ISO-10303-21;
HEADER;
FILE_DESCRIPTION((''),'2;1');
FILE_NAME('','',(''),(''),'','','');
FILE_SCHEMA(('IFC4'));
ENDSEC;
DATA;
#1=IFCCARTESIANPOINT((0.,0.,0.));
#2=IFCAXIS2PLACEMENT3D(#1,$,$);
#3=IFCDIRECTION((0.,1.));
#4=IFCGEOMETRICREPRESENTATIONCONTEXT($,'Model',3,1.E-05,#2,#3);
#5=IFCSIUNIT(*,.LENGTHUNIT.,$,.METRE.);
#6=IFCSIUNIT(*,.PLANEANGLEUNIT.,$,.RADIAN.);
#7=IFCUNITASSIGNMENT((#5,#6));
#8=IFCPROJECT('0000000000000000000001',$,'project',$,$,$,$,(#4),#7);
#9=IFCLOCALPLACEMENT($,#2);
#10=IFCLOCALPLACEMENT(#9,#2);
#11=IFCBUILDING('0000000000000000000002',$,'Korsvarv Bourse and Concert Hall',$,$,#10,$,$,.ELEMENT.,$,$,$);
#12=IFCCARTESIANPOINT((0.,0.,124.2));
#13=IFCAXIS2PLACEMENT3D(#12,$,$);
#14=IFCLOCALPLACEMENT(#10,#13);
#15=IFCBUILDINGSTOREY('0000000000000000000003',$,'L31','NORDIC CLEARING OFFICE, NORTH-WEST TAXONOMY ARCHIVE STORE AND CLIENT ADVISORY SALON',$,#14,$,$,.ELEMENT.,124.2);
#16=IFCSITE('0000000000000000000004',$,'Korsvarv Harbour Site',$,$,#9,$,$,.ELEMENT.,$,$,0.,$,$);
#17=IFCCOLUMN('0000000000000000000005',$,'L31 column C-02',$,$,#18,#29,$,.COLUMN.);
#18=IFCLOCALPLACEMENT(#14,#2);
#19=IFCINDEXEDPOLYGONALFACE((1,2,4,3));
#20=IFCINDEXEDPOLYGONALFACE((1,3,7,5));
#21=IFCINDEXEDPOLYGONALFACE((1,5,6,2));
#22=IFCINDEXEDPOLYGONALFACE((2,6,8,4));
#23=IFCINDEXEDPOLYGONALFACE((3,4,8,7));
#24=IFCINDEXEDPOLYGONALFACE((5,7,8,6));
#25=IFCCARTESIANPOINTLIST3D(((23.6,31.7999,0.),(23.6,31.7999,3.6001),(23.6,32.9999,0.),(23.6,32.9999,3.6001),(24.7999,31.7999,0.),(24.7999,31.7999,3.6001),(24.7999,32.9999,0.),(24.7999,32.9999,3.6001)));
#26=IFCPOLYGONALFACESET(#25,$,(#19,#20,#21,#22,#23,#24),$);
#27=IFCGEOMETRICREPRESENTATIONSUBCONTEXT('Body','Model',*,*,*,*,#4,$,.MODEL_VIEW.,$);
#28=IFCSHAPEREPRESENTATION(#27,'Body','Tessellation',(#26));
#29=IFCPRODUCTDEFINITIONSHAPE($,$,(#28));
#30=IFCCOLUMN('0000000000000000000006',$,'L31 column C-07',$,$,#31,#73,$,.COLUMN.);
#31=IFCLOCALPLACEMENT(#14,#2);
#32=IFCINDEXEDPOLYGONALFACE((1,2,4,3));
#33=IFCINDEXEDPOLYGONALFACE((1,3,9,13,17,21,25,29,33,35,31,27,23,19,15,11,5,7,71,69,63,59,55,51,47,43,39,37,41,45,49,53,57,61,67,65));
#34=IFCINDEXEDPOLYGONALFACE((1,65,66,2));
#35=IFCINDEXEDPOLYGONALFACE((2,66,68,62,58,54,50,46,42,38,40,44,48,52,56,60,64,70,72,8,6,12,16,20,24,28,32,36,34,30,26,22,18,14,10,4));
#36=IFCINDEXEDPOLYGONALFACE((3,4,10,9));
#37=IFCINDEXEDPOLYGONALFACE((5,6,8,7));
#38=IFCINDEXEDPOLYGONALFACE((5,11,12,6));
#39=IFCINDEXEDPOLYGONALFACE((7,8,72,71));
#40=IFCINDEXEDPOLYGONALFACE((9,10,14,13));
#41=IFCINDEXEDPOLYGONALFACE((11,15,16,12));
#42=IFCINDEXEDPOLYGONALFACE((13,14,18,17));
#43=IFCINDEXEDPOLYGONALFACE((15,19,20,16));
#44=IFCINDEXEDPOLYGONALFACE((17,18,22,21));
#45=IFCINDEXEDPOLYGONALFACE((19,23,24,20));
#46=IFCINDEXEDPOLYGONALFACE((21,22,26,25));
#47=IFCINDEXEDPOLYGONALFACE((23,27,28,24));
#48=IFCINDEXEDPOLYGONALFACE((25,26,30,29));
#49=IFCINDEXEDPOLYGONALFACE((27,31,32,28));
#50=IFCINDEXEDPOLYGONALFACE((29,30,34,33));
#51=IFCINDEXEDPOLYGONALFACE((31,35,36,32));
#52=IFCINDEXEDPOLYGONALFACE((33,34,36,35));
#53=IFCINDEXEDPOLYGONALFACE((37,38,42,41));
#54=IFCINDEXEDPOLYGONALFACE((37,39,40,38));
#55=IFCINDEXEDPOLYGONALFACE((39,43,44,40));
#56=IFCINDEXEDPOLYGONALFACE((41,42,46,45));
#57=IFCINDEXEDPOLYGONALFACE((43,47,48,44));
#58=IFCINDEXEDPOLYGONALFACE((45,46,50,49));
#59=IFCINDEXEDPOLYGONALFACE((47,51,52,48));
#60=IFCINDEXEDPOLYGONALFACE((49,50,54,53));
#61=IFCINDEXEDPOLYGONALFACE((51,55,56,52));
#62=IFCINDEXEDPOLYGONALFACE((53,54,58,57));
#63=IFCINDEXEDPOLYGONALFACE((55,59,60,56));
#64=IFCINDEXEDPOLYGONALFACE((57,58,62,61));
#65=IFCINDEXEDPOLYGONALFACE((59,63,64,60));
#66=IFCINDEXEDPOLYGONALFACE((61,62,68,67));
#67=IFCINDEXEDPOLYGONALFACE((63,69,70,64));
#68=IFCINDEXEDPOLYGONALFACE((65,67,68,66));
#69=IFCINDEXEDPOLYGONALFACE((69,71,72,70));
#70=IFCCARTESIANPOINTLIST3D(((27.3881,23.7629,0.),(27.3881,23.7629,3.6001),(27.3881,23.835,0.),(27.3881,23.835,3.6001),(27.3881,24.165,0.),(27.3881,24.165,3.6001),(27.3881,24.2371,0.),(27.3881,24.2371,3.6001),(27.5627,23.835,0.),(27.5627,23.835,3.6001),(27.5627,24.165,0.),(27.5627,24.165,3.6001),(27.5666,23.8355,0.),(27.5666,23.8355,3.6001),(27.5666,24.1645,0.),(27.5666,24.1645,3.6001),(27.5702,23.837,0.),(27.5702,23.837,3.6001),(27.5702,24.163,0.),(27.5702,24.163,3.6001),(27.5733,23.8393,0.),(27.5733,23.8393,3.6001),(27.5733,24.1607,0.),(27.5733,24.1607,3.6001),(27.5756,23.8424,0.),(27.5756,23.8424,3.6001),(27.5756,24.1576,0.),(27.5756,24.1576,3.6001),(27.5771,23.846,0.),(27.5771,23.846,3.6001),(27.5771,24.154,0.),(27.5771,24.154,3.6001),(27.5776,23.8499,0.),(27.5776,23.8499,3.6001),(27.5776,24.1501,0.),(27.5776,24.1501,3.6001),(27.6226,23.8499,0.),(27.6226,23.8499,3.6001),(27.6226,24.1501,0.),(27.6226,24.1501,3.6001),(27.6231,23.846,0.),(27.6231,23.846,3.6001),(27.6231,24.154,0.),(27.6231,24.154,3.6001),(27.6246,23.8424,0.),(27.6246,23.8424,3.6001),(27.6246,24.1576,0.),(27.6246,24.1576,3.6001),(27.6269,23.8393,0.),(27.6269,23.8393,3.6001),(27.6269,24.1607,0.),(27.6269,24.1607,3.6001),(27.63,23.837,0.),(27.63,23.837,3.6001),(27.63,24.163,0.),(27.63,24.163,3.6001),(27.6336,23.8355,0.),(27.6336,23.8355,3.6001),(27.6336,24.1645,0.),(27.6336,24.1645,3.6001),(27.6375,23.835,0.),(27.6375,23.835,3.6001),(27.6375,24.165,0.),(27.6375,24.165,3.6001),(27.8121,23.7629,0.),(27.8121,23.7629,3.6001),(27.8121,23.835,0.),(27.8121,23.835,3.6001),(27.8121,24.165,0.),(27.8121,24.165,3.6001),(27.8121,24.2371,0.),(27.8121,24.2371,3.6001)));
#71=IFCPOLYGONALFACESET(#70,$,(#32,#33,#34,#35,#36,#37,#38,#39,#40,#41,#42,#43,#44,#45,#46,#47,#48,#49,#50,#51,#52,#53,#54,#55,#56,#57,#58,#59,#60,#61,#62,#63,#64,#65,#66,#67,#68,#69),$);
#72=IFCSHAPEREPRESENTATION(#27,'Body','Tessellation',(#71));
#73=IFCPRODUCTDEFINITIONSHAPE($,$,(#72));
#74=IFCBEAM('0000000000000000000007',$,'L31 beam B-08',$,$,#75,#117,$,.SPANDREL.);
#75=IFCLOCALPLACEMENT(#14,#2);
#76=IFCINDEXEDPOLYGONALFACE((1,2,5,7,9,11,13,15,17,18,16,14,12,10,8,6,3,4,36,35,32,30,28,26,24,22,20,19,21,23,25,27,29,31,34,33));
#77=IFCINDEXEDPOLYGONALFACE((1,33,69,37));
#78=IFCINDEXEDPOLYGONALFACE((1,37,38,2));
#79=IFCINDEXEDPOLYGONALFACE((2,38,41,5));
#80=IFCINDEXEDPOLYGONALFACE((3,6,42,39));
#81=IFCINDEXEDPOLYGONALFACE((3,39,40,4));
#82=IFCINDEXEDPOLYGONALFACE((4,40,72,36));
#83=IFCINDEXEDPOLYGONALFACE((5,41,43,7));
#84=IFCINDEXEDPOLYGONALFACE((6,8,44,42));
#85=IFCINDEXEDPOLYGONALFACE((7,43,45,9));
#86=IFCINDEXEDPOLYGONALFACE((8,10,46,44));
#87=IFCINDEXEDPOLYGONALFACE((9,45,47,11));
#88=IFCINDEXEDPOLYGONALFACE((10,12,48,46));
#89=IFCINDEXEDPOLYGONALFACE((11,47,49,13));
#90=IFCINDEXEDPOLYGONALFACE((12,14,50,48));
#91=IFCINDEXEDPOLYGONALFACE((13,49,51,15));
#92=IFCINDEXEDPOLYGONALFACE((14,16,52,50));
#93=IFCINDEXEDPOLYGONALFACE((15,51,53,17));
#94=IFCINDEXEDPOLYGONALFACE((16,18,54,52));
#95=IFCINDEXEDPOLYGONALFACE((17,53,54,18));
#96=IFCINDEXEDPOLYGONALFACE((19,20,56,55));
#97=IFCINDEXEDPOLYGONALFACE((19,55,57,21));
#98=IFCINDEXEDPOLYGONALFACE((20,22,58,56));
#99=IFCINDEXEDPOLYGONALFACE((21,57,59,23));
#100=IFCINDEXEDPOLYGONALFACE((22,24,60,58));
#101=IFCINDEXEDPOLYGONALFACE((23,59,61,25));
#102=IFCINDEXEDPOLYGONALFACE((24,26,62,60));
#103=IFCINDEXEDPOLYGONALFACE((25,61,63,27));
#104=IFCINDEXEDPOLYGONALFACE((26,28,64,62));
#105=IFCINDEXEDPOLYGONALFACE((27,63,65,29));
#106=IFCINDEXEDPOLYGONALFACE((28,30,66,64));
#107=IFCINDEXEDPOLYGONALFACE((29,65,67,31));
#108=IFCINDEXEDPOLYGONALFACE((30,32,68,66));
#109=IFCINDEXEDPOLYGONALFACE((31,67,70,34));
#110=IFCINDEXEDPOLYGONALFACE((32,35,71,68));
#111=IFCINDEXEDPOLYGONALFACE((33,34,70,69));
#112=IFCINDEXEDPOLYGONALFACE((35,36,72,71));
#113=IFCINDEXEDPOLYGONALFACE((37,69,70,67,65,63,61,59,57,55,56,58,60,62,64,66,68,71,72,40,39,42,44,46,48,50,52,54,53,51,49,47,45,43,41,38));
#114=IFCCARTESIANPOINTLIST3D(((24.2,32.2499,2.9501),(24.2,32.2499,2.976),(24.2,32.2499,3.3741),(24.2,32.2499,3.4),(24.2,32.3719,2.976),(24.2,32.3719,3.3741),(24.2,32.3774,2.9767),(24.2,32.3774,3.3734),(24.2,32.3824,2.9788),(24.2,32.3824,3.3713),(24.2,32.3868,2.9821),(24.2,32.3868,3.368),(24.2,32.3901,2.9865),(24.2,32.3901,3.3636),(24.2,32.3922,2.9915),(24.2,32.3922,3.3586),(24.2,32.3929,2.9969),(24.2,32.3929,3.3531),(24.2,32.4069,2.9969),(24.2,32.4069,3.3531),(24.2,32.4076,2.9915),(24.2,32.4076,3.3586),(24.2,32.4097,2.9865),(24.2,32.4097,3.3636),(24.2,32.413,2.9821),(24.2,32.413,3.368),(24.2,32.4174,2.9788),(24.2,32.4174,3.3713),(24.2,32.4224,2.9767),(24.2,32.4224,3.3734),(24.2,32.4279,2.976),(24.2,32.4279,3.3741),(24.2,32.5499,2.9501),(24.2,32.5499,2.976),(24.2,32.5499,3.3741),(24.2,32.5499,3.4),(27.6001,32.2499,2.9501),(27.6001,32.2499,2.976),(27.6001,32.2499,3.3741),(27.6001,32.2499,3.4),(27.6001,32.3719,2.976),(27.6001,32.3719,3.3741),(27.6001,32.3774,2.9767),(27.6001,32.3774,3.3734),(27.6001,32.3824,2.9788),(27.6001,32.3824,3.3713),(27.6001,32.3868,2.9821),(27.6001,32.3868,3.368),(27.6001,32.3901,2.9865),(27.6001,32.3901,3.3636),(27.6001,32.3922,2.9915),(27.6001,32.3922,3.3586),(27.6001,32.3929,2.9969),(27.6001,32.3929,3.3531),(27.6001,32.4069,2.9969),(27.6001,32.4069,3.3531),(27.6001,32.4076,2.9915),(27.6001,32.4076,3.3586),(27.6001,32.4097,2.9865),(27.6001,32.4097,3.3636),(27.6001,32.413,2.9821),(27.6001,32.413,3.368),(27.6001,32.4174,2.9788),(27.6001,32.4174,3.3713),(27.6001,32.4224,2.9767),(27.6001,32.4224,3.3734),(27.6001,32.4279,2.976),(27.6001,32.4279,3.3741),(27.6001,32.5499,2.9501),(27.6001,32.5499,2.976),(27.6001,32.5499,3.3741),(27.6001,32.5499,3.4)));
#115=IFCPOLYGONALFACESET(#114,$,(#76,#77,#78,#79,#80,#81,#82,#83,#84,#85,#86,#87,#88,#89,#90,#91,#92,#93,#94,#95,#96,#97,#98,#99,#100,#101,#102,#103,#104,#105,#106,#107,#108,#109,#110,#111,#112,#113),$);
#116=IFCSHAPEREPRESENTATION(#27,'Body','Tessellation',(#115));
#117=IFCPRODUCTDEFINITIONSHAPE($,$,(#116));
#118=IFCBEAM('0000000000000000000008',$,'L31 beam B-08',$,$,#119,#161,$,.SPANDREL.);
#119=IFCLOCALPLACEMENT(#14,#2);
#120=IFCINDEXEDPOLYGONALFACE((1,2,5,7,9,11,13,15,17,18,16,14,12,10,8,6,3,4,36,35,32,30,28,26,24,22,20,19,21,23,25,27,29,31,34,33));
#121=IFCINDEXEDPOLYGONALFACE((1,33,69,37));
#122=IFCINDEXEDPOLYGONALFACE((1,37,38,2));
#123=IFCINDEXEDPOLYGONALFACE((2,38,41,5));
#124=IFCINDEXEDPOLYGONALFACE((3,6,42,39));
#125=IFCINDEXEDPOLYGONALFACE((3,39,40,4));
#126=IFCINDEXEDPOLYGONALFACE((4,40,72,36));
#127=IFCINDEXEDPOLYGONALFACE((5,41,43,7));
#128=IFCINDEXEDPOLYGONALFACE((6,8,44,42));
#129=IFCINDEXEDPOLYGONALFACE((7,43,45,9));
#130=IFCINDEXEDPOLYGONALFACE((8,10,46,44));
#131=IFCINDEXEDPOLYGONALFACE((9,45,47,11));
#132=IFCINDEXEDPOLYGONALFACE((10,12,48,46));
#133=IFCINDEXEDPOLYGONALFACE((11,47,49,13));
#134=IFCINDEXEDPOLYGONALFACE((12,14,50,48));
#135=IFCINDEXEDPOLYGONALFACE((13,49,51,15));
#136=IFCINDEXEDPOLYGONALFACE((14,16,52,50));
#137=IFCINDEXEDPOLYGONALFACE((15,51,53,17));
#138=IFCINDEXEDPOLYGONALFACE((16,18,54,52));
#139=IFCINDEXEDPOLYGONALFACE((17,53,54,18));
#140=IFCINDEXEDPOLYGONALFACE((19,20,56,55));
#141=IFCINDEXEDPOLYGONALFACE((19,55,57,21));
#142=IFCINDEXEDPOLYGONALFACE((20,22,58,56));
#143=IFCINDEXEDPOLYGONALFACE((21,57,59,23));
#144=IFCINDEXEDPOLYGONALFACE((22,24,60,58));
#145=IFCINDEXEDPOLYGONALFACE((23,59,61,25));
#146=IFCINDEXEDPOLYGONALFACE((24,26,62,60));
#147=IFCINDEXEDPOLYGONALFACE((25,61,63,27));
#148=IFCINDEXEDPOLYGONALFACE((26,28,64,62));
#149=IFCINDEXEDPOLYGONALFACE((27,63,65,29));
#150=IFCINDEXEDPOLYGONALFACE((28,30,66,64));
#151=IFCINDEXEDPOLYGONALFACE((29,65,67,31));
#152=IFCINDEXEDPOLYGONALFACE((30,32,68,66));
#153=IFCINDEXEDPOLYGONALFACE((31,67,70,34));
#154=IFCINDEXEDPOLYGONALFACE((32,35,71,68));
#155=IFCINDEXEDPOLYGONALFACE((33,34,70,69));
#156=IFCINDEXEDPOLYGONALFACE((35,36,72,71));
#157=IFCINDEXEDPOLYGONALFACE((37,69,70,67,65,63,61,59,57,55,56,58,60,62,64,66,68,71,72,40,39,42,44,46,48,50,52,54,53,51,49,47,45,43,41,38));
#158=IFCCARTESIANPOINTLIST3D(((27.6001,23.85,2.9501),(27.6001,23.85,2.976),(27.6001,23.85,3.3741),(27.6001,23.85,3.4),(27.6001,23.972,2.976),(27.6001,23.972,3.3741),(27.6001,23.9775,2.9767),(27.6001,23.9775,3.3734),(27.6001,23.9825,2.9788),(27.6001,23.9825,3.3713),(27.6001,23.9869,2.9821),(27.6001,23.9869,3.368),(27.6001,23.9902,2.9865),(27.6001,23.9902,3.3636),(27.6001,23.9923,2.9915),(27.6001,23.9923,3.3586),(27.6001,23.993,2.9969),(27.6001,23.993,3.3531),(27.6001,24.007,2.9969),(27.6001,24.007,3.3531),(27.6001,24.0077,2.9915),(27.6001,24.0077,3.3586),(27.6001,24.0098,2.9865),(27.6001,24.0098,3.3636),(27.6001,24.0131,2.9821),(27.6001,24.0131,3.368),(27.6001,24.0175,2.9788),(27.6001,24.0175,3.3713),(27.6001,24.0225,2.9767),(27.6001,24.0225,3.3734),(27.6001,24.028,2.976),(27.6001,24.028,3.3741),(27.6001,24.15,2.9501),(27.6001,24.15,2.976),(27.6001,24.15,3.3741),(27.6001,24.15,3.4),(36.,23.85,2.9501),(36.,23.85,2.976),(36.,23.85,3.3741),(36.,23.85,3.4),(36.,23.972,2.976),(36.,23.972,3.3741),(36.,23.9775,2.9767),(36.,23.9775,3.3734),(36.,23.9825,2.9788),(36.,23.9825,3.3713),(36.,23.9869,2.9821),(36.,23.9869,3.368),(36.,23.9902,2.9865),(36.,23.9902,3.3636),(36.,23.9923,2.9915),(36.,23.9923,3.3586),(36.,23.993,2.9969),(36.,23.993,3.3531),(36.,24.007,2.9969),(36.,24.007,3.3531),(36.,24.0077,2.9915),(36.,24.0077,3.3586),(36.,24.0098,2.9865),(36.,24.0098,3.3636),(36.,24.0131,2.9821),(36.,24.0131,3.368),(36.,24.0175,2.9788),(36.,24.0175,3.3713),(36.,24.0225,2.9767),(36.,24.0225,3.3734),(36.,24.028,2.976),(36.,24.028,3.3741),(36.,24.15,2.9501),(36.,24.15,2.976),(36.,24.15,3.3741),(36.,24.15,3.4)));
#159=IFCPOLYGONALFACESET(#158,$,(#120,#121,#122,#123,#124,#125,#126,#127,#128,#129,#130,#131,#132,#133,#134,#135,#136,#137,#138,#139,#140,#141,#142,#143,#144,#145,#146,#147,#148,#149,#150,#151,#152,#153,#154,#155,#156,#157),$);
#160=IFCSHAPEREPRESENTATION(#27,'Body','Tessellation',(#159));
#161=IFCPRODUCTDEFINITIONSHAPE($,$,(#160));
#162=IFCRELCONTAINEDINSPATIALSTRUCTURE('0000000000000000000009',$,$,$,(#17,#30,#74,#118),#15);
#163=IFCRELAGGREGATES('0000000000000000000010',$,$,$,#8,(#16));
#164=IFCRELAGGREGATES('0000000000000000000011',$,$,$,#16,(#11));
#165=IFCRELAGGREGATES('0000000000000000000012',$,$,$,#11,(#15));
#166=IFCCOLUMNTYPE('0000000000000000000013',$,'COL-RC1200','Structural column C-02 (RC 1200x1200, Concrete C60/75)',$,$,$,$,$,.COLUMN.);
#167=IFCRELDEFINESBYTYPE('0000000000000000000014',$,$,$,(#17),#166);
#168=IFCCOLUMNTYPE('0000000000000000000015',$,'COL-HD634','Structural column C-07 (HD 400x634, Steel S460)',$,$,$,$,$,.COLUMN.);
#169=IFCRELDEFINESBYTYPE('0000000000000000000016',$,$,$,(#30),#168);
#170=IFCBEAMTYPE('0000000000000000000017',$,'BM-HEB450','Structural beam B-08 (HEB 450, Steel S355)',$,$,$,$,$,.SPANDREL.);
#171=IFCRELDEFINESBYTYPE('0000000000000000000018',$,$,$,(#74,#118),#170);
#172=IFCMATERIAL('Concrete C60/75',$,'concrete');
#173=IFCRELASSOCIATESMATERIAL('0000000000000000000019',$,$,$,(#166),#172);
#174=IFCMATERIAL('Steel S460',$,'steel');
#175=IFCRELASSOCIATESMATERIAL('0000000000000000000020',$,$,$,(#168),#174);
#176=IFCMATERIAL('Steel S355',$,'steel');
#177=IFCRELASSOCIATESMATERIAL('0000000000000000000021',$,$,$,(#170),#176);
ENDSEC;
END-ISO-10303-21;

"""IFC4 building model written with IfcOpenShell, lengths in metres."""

from ifc_helpers import new_model, si_unit, direction, frame, origin, origin_2d, place, context, subcontext, project, spatial, rectangle, i_section, extrude, source, transform, mapped, material, material_profile, profile_set, type_object, element, save


model = new_model("IFC4")

# Units and contexts
model_context = context("Model", 3, precision=1e-05, world=origin(), true_north=direction((0.0, 1.0)))
body_context = subcontext(model_context, "Body", "Model", "MODEL_VIEW")
ifc_project = project(units=[si_unit("LENGTHUNIT", "METRE"), si_unit("PLANEANGLEUNIT", "RADIAN")], contexts=[model_context])

# Site, building, storey
site_placement = place(None, origin())
site = spatial("IfcSite", under=ifc_project, at=site_placement, Name="Korsvarv Harbour Site", CompositionType="ELEMENT", RefElevation=0.0)
building_placement = place(site_placement, origin())
building = spatial("IfcBuilding", under=site, at=building_placement, Name="Korsvarv Bourse and Concert Hall", CompositionType="ELEMENT")
storey_placement = place(building_placement, frame((0.0, 0.0, 124.2)))
storey = spatial("IfcBuildingStorey", under=building, at=storey_placement, Name="L31", Description="NORDIC CLEARING OFFICE, NORTH-WEST TAXONOMY ARCHIVE STORE AND CLIENT ADVISORY SALON", CompositionType="ELEMENT", Elevation=124.2)

# Columns
ifc_material_1 = material(Name="Concrete C60/75", Category="concrete")
ifc_material_profile_1 = material_profile(ifc_material_1, rectangle(XDim=1.2, YDim=1.2, at=origin_2d()), Name="RC 1200x1200")
ifc_profile_set_1 = profile_set([ifc_material_profile_1], Name="Concrete C60/75")
column_type_1 = type_object("IfcColumnType", Name="COL-RC1200", Description="Structural column C-02 (RC 1200x1200, Concrete C60/75)", PredefinedType="COLUMN", material=ifc_profile_set_1)
shared_shape_1 = source(origin(), body_context, "Body", "SweptSolid", [
    extrude(rectangle(XDim=1.2, YDim=1.2, at=origin_2d()), origin(), (0.0, 0.0, 1.0), 3.6001),
])
column_1_placement = place(storey_placement, frame((24.2, 32.3999, 0.0), z_axis=(0.0, 0.0, 1.0), x_axis=(1.0, 0.0, 0.0)))
element("IfcColumn", 1, at=column_1_placement, inside=storey, type_object=column_type_1, Name="L31 column C-02", PredefinedType="COLUMN", context=body_context, shape_type="MappedRepresentation", body=[
    mapped(shared_shape_1, transform((0.0, 0.0, 0.0), scale=1.0)),
])
ifc_material_2 = material(Name="Steel S460", Category="steel")
ifc_material_profile_2 = material_profile(ifc_material_2, i_section(OverallWidth=0.4241, OverallDepth=0.4741, WebThickness=0.0449, FlangeThickness=0.072, FilletRadius=0.0149, at=origin_2d()), Name="HD 400x634")
ifc_profile_set_2 = profile_set([ifc_material_profile_2], Name="Steel S460")
column_type_2 = type_object("IfcColumnType", Name="COL-HD634", Description="Structural column C-07 (HD 400x634, Steel S460)", PredefinedType="COLUMN", material=ifc_profile_set_2)
shared_shape_2 = source(origin(), body_context, "Body", "SweptSolid", [
    extrude(i_section(OverallWidth=0.4241, OverallDepth=0.4741, WebThickness=0.0449, FlangeThickness=0.072, FilletRadius=0.0149, at=origin_2d()), origin(), (0.0, 0.0, 1.0), 3.6001),
])
column_2_placement = place(storey_placement, frame((27.6001, 24.0, 0.0), z_axis=(0.0, 0.0, 1.0), x_axis=(1.0, 0.0, 0.0)))
element("IfcColumn", 2, at=column_2_placement, inside=storey, type_object=column_type_2, Name="L31 column C-07", PredefinedType="COLUMN", context=body_context, shape_type="MappedRepresentation", body=[
    mapped(shared_shape_2, transform((0.0, 0.0, 0.0), scale=1.0)),
])

# Beams
ifc_material_3 = material(Name="Steel S355", Category="steel")
ifc_material_profile_3 = material_profile(ifc_material_3, i_section(OverallWidth=0.3, OverallDepth=0.45, WebThickness=0.0139, FlangeThickness=0.0259, FilletRadius=0.021, at=origin_2d()), Name="HEB 450")
ifc_profile_set_3 = profile_set([ifc_material_profile_3], Name="Steel S355")
beam_type = type_object("IfcBeamType", Name="BM-HEB450", Description="Structural beam B-08 (HEB 450, Steel S355)", PredefinedType="SPANDREL", material=ifc_profile_set_3)
shared_shape_3 = source(origin(), body_context, "Body", "SweptSolid", [
    extrude(i_section(OverallWidth=0.3, OverallDepth=0.45, WebThickness=0.0139, FlangeThickness=0.0259, FilletRadius=0.021, at=origin_2d()), origin(), (0.0, 0.0, 1.0), 3.4001),
])
beam_placement = place(storey_placement, frame((24.2, 32.3999, 3.175), z_axis=(1.0, 0.0, 0.0), x_axis=(0.0, 1.0, 0.0)))
element("IfcBeam", 3, at=beam_placement, inside=storey, type_object=beam_type, Name="L31 beam B-08", PredefinedType="SPANDREL", context=body_context, shape_type="MappedRepresentation", body=[
    mapped(shared_shape_3, transform((0.0, 0.0, 0.0), scale=1.0)),
])
shared_shape_4 = source(origin(), body_context, "Body", "SweptSolid", [
    extrude(i_section(OverallWidth=0.3, OverallDepth=0.45, WebThickness=0.0139, FlangeThickness=0.0259, FilletRadius=0.021, at=origin_2d()), origin(), (0.0, 0.0, 1.0), 8.3999),
])
for number, where, z_axis, x_axis, name in (
    (4, (27.6001, 24.0, 3.175), (1.0, 0.0, 0.0), (0.0, 1.0, 0.0), "L31 beam B-08"),
):
    element("IfcBeam", number, at=place(storey_placement, frame(where, z_axis=z_axis, x_axis=x_axis)), inside=storey, type_object=beam_type, Name=name, PredefinedType="SPANDREL", context=body_context, shape_type="MappedRepresentation", body=[
        mapped(shared_shape_4, transform((0.0, 0.0, 0.0), scale=1.0)),
    ])

save(model, "model.ifc")
